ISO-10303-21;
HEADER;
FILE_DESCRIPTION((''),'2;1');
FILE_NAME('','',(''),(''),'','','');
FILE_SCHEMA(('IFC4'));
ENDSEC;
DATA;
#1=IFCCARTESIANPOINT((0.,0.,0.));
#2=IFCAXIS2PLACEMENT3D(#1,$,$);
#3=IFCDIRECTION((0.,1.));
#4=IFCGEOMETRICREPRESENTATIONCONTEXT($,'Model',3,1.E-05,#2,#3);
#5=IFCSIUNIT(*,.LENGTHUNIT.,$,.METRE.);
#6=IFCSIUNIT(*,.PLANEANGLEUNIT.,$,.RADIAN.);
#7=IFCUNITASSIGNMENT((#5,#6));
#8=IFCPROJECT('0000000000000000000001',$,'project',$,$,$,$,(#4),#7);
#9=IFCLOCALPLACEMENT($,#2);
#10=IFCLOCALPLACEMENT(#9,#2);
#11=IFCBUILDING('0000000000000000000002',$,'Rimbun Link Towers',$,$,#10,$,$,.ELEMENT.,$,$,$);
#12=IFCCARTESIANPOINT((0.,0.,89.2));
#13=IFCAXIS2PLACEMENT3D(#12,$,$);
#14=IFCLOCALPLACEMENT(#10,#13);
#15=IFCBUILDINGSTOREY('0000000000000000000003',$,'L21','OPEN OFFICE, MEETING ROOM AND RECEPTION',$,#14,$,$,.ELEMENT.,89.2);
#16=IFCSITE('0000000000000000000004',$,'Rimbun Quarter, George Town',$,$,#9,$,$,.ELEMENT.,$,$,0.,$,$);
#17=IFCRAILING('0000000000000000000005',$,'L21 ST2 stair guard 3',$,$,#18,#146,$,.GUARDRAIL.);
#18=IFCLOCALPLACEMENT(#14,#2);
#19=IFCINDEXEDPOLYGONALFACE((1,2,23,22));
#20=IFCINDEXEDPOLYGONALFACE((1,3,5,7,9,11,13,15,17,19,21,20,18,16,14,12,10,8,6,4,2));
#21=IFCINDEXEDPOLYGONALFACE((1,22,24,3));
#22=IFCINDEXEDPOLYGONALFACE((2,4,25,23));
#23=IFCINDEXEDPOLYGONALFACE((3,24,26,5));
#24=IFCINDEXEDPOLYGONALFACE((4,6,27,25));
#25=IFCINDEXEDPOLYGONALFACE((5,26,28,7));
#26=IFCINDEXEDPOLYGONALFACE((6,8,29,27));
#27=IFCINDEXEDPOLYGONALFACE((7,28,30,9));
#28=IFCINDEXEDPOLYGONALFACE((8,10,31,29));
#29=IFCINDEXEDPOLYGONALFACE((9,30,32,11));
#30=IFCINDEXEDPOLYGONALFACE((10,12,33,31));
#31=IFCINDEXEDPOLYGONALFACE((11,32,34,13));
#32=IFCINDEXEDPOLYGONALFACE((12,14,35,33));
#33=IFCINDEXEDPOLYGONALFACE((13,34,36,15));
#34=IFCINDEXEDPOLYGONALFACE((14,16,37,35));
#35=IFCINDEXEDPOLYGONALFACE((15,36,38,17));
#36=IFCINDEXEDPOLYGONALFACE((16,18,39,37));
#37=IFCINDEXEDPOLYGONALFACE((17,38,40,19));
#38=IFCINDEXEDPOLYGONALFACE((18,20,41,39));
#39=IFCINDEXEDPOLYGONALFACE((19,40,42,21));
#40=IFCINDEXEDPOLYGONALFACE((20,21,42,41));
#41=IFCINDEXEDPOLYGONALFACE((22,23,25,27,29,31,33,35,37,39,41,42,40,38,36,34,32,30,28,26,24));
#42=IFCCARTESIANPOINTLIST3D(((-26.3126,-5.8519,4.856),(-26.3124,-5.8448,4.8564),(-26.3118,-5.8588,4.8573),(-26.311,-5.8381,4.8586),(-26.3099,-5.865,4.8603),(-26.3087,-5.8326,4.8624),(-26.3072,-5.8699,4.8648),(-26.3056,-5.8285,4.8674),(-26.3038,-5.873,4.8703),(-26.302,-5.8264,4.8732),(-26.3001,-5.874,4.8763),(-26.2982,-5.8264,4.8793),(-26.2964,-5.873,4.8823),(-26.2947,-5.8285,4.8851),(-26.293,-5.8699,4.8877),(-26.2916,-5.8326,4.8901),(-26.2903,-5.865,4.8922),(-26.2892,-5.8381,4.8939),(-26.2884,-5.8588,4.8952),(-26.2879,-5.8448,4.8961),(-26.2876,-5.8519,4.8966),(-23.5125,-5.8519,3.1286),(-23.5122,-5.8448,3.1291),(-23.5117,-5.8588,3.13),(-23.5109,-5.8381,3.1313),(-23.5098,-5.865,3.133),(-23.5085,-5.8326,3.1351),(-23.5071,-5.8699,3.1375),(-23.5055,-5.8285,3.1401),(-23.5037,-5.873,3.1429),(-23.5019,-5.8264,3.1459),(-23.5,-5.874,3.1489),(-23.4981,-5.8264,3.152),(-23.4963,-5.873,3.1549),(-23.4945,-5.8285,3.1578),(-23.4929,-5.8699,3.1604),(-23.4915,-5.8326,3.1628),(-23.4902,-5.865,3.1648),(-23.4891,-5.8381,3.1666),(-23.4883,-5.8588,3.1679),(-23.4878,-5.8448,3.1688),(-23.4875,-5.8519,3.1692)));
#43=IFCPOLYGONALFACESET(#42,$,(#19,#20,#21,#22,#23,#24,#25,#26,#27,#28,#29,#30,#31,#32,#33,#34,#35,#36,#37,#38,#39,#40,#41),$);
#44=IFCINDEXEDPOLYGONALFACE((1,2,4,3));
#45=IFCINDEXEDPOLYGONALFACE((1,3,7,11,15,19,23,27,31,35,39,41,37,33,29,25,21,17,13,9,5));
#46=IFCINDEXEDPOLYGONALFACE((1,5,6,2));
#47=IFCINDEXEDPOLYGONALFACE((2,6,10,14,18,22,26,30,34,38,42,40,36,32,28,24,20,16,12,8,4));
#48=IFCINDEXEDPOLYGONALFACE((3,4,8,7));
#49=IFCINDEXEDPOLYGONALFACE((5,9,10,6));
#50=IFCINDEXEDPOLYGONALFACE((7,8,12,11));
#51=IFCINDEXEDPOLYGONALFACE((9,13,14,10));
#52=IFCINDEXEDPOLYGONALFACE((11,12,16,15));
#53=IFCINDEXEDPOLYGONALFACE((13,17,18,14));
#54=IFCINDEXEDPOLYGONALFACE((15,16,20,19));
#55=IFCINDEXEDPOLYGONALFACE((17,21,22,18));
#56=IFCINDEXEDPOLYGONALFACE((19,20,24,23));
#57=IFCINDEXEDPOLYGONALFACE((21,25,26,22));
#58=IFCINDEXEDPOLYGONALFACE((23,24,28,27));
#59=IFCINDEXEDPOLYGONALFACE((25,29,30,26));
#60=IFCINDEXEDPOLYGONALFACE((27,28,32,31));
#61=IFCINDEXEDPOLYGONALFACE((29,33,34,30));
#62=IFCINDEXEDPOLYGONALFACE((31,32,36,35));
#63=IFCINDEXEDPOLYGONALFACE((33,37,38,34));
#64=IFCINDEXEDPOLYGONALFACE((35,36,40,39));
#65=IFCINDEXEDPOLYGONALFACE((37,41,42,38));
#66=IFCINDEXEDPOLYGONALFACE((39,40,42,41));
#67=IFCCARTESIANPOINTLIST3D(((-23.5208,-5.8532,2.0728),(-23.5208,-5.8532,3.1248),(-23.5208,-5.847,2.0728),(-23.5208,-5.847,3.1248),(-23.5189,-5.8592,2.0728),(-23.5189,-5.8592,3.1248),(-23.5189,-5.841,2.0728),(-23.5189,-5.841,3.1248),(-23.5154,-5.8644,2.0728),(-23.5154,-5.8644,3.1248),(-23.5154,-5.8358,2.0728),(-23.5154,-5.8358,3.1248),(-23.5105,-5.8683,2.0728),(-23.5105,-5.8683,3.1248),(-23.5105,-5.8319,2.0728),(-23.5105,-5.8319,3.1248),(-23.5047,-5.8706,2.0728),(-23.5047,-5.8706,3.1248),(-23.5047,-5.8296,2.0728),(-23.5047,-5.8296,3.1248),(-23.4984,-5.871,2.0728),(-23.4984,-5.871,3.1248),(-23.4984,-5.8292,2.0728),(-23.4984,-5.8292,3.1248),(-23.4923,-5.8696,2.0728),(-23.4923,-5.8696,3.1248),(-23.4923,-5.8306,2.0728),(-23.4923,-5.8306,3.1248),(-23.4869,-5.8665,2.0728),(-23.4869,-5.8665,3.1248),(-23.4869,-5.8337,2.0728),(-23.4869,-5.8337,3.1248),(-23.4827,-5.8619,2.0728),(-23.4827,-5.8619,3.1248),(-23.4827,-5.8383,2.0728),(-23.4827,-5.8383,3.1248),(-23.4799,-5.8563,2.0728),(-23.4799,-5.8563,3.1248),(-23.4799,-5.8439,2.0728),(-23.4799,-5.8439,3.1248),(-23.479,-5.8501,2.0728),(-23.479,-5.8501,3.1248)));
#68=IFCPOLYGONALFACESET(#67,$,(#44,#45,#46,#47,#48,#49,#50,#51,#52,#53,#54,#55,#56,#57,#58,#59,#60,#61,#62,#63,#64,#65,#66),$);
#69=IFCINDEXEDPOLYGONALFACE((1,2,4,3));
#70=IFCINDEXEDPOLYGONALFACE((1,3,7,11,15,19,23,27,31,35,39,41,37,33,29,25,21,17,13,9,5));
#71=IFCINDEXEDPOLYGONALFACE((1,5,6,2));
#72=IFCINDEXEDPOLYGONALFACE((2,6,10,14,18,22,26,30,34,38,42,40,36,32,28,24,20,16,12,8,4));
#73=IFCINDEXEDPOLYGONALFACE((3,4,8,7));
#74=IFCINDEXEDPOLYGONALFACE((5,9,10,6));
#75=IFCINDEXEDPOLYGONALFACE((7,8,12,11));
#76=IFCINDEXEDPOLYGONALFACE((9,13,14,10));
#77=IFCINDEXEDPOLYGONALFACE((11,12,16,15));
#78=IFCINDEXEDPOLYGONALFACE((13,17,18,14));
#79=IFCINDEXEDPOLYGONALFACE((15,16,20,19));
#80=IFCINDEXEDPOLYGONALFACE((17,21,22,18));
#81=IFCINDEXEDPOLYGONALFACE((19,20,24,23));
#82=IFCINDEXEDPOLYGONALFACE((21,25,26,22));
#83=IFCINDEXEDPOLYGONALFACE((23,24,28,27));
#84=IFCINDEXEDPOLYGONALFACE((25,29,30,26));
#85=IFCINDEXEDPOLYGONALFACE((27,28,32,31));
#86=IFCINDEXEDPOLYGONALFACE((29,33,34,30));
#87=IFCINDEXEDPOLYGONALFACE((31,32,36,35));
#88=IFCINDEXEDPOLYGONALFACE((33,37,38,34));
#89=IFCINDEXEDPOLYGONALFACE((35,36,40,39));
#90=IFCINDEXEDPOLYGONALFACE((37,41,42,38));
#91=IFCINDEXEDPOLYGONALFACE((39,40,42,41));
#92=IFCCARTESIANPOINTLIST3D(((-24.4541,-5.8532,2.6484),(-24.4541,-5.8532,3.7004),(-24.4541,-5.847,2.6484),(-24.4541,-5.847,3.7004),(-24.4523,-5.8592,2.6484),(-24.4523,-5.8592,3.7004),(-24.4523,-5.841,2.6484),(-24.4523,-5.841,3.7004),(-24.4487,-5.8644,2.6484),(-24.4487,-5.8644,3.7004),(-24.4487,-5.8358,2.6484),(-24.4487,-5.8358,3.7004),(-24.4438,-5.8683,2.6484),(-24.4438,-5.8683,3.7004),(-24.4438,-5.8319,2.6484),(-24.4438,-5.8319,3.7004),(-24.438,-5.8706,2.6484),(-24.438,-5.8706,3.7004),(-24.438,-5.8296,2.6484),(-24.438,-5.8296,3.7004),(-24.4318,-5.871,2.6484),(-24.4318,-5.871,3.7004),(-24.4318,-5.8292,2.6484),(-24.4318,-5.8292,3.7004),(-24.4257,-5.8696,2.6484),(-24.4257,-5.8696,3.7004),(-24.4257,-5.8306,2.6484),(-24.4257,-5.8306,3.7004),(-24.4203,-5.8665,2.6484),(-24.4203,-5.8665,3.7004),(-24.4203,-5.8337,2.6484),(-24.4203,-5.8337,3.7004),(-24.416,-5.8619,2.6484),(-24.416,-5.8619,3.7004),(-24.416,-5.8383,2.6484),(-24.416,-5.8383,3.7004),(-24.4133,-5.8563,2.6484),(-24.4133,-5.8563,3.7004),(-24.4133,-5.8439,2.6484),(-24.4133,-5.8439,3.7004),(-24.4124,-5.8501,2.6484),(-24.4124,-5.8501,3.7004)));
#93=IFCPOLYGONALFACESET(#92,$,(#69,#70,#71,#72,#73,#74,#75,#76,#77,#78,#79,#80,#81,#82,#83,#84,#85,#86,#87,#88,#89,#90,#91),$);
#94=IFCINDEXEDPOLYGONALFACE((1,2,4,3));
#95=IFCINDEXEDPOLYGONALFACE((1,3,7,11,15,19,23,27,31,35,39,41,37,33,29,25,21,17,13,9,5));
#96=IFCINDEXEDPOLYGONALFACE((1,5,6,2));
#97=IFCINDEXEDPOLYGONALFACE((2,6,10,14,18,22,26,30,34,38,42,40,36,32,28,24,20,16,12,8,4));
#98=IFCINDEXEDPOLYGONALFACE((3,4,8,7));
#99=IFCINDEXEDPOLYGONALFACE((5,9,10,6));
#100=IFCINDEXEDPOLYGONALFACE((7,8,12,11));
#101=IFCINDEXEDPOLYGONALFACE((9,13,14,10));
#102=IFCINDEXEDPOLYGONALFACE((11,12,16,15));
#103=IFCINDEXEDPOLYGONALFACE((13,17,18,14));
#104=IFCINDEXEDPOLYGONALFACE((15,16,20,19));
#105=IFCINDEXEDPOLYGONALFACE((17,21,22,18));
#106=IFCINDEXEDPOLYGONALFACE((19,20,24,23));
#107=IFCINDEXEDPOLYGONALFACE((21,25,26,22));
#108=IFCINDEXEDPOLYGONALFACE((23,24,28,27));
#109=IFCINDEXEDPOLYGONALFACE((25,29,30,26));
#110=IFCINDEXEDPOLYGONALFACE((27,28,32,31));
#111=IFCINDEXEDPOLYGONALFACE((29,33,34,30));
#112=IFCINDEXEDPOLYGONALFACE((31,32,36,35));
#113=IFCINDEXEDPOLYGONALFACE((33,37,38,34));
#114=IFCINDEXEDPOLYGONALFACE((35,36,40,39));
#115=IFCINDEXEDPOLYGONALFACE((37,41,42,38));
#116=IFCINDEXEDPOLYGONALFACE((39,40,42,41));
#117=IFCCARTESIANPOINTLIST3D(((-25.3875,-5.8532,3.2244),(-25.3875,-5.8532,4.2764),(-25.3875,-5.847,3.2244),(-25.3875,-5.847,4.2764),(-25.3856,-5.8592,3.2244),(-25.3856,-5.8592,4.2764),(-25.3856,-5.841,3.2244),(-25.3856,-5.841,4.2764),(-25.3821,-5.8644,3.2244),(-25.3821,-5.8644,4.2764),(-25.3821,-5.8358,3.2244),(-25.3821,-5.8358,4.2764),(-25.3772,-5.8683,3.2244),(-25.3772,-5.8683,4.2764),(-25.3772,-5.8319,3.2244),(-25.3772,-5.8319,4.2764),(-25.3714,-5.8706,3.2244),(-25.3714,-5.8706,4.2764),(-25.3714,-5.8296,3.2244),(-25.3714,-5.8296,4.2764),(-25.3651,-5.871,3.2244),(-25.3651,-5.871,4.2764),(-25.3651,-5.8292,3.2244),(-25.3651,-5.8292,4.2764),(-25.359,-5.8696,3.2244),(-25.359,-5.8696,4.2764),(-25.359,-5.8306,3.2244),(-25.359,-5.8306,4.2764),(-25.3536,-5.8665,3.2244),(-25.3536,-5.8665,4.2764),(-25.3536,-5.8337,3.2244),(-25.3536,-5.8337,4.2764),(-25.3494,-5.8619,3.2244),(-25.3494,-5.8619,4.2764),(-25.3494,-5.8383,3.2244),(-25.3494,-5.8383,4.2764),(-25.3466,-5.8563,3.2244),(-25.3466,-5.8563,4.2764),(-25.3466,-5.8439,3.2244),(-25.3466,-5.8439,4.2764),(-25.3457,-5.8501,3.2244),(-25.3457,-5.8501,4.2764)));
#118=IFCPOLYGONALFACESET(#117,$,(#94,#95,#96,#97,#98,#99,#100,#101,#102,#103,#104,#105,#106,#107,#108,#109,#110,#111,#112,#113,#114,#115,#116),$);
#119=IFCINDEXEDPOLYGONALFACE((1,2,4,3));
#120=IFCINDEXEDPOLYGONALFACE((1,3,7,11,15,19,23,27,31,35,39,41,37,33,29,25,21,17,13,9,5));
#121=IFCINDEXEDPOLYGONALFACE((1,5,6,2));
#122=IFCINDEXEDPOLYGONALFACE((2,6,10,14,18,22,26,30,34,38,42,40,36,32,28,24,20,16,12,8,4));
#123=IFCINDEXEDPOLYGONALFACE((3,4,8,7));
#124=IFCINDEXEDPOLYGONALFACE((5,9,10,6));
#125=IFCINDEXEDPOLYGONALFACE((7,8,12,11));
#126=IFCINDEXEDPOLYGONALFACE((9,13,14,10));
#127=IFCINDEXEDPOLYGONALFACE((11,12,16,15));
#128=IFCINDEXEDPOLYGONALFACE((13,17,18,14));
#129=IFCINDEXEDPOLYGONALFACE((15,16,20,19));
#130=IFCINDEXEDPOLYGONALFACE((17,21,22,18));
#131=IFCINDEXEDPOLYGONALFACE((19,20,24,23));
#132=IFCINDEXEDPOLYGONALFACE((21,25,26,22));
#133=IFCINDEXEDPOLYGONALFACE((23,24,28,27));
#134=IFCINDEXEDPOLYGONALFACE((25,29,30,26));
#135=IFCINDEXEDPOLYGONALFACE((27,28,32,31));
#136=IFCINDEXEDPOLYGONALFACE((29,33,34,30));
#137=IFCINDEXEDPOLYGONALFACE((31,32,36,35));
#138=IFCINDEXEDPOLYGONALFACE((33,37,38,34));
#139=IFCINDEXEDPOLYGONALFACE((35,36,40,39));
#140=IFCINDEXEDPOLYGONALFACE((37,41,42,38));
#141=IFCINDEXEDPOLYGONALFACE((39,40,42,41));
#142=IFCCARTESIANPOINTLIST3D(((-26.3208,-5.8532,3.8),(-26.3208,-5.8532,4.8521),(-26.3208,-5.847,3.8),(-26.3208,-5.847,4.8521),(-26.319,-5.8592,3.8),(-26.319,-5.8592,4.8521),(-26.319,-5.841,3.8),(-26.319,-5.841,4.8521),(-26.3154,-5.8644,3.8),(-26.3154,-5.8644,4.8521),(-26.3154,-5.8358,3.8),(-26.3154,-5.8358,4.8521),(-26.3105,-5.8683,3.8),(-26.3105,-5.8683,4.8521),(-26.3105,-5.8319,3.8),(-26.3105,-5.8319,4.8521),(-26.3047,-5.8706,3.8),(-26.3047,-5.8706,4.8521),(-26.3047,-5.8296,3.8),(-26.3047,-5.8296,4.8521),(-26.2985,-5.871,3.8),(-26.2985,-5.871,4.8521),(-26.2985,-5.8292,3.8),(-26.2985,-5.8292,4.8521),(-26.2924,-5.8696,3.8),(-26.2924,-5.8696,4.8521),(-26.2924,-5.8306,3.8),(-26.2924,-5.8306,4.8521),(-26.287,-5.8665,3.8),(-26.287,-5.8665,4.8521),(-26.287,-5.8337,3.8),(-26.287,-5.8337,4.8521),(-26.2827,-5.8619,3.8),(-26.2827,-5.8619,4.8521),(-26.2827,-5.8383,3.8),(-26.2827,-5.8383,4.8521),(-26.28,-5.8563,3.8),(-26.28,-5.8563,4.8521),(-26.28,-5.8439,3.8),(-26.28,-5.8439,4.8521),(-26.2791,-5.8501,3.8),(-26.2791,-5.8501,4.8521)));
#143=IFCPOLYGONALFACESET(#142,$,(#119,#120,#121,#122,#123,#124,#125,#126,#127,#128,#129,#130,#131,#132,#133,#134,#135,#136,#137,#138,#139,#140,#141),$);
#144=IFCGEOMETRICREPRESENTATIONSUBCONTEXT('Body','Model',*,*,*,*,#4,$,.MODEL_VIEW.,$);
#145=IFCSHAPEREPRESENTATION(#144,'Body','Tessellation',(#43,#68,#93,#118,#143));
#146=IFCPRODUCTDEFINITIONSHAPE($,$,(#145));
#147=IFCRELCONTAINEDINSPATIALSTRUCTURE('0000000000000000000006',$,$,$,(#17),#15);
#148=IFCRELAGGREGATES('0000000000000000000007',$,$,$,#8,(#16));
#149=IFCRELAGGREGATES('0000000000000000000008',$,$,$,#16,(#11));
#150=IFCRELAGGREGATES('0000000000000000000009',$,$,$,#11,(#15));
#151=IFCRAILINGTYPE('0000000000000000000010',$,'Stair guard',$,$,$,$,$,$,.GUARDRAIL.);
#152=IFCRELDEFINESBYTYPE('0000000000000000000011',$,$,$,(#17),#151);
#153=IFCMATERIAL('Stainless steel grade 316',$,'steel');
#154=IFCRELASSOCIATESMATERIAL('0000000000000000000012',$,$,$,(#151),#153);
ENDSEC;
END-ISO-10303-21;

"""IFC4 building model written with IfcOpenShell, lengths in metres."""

from ifc_helpers import new_model, si_unit, direction, frame, origin, origin_2d, place, context, subcontext, project, spatial, circle, extrude, material, type_object, element, save


model = new_model("IFC4")

# Units and contexts
model_context = context("Model", 3, precision=1e-05, world=origin(), true_north=direction((0.0, 1.0)))
body_context = subcontext(model_context, "Body", "Model", "MODEL_VIEW")
ifc_project = project(units=[si_unit("LENGTHUNIT", "METRE"), si_unit("PLANEANGLEUNIT", "RADIAN")], contexts=[model_context])

# Site, building, storey
site_placement = place(None, origin())
site = spatial("IfcSite", under=ifc_project, at=site_placement, Name="Rimbun Quarter, George Town", CompositionType="ELEMENT", RefElevation=0.0)
building_placement = place(site_placement, origin())
building = spatial("IfcBuilding", under=site, at=building_placement, Name="Rimbun Link Towers", CompositionType="ELEMENT")
storey_placement = place(building_placement, frame((0.0, 0.0, 89.2)))
storey = spatial("IfcBuildingStorey", under=building, at=storey_placement, Name="L21", Description="OPEN OFFICE, MEETING ROOM AND RECEPTION", CompositionType="ELEMENT", Elevation=89.2)

# Railing
ifc_material_1 = material(Name="Stainless steel grade 316", Category="steel")
railing_type_1 = type_object("IfcRailingType", Name="Stair guard", PredefinedType="GUARDRAIL", material=ifc_material_1)
railing_1_placement = place(storey_placement, frame((-23.5, -5.8501, 2.0728)))
element("IfcRailing", 1, at=railing_1_placement, inside=storey, type_object=railing_type_1, Name="L21 ST2 stair guard 3", PredefinedType="GUARDRAIL", context=body_context, shape_type="SweptSolid", body=[
    extrude(circle(Radius=0.0239, at=origin_2d()), frame((0.0, 0.0, 1.0762), z_axis=(-0.85109, 0.0, 0.52502), x_axis=(0.0, -1.0, 0.0)), (0.0, 0.0, 1.0), 3.29),
    extrude(circle(Radius=0.021, at=origin_2d()), origin(), (0.0, 0.0, 1.0), 1.052),
    extrude(circle(Radius=0.021, at=origin_2d()), frame((-0.9333, 0.0, 0.5757)), (0.0, 0.0, 1.0), 1.052),
    extrude(circle(Radius=0.021, at=origin_2d()), frame((-1.8667, 0.0, 1.1516)), (0.0, 0.0, 1.0), 1.052),
    extrude(circle(Radius=0.021, at=origin_2d()), frame((-2.8, 0.0, 1.7273)), (0.0, 0.0, 1.0), 1.052),
])

save(model, "model.ifc")
